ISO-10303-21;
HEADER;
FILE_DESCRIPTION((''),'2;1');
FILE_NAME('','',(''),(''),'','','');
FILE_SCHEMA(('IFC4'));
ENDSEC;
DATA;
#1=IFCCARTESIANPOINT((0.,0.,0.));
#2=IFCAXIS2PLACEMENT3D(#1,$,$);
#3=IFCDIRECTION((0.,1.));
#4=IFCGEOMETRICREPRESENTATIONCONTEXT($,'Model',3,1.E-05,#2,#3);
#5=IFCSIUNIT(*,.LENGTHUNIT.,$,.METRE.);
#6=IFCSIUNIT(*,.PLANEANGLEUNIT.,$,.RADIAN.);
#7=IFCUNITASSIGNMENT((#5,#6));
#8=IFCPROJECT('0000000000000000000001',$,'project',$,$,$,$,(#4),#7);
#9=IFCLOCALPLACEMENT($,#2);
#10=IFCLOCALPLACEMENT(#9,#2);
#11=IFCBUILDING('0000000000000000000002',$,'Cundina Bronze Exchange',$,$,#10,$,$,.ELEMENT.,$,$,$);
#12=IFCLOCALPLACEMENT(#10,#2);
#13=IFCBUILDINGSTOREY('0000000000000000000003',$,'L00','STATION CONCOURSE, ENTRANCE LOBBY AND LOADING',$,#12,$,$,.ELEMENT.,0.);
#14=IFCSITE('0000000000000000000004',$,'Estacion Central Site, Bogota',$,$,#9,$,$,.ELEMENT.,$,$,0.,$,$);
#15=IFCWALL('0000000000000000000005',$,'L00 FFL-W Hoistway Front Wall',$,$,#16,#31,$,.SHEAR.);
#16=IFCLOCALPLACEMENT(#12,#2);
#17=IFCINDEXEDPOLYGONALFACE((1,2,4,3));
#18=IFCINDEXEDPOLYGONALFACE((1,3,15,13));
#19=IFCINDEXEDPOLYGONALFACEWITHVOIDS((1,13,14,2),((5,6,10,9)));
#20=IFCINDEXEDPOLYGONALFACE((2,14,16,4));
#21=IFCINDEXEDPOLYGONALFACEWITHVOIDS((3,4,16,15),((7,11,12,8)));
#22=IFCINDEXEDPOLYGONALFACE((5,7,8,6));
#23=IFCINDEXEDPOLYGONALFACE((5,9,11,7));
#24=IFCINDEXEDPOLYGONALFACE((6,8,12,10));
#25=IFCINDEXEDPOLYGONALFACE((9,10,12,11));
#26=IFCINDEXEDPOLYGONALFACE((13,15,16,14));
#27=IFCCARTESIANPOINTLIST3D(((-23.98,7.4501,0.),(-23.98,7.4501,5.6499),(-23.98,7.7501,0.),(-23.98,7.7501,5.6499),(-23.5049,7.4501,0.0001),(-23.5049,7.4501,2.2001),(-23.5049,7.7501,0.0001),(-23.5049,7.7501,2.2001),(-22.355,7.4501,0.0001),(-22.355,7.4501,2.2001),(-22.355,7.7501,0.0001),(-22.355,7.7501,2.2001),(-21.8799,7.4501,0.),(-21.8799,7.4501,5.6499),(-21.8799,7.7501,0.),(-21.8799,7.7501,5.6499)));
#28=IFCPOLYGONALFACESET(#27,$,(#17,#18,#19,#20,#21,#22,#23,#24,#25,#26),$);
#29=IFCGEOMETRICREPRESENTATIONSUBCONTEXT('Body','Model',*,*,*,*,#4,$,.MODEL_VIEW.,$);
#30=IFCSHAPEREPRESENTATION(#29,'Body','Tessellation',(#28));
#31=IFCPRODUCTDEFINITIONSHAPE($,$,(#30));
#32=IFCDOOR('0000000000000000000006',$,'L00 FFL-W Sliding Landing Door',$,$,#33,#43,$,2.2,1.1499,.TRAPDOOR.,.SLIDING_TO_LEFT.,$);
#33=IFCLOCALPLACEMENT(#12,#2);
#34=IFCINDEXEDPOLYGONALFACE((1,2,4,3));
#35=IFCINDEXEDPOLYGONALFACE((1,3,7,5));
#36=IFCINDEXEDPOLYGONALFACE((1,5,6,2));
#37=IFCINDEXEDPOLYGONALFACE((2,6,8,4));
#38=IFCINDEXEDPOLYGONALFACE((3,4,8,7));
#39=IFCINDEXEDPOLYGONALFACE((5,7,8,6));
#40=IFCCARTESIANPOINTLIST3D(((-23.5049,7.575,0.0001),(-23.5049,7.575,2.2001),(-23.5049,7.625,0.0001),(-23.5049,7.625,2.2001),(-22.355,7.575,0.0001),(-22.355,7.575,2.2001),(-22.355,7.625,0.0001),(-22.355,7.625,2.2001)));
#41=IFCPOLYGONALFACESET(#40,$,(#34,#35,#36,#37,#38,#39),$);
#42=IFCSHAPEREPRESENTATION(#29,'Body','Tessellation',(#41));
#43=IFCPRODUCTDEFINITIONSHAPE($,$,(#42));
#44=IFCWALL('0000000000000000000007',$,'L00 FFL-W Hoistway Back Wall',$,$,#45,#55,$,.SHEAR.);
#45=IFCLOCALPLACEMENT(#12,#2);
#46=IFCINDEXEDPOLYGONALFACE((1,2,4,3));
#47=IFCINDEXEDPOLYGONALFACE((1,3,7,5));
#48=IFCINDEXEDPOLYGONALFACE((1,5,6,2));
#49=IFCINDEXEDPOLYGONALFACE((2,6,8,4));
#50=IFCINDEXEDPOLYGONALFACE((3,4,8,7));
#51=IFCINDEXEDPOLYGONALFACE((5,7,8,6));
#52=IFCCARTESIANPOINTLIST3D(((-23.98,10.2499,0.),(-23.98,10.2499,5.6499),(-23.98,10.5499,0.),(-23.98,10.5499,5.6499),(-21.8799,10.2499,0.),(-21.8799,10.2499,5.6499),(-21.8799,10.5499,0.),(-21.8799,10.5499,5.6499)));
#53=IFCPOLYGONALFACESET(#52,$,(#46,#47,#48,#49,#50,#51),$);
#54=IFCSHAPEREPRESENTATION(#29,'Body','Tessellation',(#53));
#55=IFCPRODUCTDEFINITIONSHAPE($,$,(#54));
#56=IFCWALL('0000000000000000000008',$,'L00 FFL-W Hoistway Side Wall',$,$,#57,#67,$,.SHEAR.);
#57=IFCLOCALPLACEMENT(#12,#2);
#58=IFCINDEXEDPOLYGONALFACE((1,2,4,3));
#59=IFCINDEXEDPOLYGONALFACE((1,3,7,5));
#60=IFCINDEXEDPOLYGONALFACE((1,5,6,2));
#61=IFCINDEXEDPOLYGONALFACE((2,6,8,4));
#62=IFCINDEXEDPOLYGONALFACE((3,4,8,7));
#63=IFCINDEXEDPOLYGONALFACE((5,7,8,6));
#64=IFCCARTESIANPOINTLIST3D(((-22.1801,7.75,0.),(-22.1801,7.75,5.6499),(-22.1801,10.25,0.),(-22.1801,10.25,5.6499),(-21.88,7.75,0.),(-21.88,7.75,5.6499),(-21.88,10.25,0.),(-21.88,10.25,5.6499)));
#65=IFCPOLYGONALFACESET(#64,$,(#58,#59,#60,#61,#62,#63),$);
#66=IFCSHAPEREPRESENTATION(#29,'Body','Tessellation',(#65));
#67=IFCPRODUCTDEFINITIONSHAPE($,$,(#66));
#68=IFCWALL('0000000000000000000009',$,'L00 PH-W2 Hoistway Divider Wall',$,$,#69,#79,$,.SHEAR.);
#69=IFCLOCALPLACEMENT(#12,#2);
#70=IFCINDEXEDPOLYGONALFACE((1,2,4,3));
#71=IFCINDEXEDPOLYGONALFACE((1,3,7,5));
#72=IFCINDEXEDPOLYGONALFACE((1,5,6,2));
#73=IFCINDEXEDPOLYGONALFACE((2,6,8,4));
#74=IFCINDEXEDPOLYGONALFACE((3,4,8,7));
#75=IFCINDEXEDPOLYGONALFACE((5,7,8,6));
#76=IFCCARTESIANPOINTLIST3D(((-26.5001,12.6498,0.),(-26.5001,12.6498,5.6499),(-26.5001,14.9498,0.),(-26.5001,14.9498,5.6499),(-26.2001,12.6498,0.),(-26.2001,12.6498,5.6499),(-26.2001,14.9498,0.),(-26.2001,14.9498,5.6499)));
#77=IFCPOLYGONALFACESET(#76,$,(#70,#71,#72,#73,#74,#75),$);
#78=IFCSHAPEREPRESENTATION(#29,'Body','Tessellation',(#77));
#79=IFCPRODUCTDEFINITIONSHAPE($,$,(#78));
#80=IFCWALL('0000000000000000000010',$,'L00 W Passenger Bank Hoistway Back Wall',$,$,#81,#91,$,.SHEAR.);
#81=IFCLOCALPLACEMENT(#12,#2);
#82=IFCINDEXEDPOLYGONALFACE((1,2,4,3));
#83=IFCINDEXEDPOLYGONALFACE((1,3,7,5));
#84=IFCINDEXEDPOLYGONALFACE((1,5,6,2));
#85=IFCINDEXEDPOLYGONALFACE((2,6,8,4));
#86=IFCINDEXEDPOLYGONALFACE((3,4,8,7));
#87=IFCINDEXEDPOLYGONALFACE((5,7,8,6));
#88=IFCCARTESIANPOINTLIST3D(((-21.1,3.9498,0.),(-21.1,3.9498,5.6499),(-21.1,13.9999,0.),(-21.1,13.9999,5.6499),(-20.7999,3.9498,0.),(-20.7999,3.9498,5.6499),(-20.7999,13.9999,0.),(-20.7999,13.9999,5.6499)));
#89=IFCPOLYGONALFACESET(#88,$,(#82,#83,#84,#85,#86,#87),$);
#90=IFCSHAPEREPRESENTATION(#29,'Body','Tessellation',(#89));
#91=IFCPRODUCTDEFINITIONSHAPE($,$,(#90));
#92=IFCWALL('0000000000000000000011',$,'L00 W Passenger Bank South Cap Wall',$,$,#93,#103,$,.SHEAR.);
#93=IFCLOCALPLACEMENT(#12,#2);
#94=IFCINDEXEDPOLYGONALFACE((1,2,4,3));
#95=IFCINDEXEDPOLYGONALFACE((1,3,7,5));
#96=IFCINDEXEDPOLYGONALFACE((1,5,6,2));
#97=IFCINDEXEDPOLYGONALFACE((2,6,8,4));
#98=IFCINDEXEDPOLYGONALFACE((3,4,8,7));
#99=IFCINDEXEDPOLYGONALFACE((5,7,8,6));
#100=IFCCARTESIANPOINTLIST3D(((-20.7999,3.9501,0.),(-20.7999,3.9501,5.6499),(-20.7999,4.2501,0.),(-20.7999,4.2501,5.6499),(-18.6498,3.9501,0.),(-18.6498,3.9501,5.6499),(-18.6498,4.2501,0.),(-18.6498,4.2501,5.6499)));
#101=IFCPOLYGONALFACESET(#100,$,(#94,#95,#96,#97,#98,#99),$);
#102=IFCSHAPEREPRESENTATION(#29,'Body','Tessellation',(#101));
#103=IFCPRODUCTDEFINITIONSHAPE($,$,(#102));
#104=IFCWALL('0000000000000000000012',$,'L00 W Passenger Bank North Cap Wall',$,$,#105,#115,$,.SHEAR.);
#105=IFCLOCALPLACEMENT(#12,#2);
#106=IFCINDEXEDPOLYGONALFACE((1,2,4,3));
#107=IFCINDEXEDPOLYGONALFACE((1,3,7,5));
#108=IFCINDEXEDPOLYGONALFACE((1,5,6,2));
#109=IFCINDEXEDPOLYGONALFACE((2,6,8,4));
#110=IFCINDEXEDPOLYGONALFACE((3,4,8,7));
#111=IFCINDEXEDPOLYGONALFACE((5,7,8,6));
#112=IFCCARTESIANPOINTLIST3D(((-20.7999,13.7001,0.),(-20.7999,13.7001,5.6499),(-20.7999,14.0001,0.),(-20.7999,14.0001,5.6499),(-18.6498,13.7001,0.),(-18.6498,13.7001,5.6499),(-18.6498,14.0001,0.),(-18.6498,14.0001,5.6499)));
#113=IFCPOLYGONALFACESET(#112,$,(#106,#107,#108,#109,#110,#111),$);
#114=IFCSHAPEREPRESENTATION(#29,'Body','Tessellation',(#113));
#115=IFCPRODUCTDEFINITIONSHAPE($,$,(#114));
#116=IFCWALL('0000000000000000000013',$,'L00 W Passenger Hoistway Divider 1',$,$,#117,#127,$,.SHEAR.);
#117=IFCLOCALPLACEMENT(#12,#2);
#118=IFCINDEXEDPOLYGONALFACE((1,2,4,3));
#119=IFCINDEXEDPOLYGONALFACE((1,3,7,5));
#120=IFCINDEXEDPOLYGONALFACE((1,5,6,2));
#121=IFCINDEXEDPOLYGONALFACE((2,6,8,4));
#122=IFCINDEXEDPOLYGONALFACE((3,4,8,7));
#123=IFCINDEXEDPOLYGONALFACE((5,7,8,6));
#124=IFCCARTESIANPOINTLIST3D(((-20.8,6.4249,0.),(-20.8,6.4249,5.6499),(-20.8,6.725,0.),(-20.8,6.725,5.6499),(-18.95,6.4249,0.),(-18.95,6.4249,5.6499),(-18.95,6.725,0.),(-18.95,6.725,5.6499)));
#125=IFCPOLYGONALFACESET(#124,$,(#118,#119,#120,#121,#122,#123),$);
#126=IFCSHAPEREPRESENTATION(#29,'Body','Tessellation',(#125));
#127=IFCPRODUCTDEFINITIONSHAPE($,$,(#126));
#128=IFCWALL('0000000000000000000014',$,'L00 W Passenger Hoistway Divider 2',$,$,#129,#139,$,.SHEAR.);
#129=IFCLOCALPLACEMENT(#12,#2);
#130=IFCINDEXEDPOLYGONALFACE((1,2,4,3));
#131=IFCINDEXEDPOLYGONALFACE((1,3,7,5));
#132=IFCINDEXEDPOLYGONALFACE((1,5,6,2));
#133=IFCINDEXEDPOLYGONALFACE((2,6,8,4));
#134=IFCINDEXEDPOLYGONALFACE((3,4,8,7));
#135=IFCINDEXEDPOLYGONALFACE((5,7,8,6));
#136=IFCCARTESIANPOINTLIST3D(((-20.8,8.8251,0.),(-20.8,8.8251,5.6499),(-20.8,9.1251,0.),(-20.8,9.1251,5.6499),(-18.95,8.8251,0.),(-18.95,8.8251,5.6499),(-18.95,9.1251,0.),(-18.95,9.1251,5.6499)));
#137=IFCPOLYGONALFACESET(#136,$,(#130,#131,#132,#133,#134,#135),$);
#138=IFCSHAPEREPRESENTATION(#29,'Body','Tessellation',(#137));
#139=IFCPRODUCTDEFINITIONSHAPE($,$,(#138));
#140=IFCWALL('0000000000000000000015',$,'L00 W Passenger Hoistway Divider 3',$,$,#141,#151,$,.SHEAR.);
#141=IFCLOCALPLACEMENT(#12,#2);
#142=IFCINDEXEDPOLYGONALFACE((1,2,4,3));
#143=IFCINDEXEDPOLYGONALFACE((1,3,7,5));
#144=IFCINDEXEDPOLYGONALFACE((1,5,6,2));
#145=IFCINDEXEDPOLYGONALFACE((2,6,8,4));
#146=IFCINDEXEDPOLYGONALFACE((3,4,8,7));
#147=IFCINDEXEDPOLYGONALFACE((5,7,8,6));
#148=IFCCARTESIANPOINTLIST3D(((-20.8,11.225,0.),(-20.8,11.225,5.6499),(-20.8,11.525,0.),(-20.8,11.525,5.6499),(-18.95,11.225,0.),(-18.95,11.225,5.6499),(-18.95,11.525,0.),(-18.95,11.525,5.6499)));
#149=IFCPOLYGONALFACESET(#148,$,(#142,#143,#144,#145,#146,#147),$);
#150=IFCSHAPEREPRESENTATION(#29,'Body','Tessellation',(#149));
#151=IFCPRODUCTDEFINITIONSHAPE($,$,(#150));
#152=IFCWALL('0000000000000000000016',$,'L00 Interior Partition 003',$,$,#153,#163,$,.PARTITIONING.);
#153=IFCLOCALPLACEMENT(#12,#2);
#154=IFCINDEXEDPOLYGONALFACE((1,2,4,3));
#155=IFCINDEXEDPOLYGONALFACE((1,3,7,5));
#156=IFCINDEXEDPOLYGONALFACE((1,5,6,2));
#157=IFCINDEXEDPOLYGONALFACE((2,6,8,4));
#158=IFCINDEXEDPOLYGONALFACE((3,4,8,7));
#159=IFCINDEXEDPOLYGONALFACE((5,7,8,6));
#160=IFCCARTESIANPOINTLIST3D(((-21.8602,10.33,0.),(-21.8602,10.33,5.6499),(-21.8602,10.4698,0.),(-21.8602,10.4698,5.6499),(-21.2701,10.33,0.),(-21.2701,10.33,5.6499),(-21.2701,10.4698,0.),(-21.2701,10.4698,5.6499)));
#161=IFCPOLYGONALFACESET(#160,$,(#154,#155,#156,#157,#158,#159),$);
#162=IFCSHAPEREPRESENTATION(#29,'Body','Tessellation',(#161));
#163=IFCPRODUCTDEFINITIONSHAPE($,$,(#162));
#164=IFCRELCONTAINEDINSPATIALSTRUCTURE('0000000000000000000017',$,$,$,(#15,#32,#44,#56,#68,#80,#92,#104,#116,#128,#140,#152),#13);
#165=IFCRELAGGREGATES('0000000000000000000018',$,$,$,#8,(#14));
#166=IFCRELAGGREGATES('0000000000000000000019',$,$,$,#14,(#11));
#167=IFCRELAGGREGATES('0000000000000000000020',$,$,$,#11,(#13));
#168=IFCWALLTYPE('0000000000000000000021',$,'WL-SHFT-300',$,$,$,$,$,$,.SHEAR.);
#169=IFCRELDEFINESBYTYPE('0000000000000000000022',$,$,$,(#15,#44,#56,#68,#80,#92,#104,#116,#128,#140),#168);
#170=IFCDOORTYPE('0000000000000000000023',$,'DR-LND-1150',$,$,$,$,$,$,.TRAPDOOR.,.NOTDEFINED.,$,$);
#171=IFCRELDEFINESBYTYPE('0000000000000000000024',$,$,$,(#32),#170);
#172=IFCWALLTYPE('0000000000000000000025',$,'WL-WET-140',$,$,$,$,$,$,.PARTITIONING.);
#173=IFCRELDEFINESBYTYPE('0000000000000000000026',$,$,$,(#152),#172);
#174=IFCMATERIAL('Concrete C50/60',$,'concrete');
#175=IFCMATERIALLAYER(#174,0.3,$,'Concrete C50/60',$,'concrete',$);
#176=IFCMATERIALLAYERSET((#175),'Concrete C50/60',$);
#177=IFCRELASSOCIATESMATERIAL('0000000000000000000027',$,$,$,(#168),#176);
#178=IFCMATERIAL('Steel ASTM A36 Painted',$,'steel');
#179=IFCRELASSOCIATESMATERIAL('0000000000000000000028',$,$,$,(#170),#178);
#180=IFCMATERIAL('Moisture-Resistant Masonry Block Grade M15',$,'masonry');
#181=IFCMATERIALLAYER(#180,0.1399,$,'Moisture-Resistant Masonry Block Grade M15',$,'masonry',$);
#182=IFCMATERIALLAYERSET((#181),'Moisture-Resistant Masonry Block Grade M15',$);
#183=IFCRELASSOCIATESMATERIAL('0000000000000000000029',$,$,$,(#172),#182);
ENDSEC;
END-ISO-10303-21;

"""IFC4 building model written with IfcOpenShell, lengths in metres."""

from ifc_helpers import new_model, si_unit, direction, frame, frame_2d, origin, place, context, subcontext, project, spatial, rectangle, extrude, material, layer, layer_set, type_object, element, fill, save


model = new_model("IFC4")

# Units and contexts
model_context = context("Model", 3, precision=1e-05, world=origin(), true_north=direction((0.0, 1.0)))
body_context = subcontext(model_context, "Body", "Model", "MODEL_VIEW")
ifc_project = project(units=[si_unit("LENGTHUNIT", "METRE"), si_unit("PLANEANGLEUNIT", "RADIAN")], contexts=[model_context])

# Site, building, storey
site_placement = place(None, origin())
site = spatial("IfcSite", under=ifc_project, at=site_placement, Name="Estacion Central Site, Bogota", CompositionType="ELEMENT", RefElevation=0.0)
building_placement = place(site_placement, origin())
building = spatial("IfcBuilding", under=site, at=building_placement, Name="Cundina Bronze Exchange", CompositionType="ELEMENT")
storey_placement = place(building_placement, origin())
storey = spatial("IfcBuildingStorey", under=building, at=storey_placement, Name="L00", Description="STATION CONCOURSE, ENTRANCE LOBBY AND LOADING", CompositionType="ELEMENT", Elevation=0.0)

# Wall, opening, door
ifc_material_1 = material(Name="Concrete C50/60", Category="concrete")
ifc_layer_1 = layer(ifc_material_1, 0.3, Name="Concrete C50/60", Category="concrete")
ifc_layer_set_1 = layer_set([ifc_layer_1], Name="Concrete C50/60")
wall_type_1 = type_object("IfcWallType", Name="WL-SHFT-300", PredefinedType="SHEAR", material=ifc_layer_set_1)
wall_1_placement = place(storey_placement, frame((-23.98, 7.6001, 0.0), z_axis=(0.0, 0.0, 1.0), x_axis=(1.0, 0.0, 0.0)))
wall_1 = element("IfcWall", 1, at=wall_1_placement, inside=storey, type_object=wall_type_1, Name="L00 FFL-W Hoistway Front Wall", PredefinedType="SHEAR", context=body_context, shape_type="SweptSolid", body=[
    extrude(rectangle(XDim=2.1001, YDim=0.3, at=frame_2d((1.05, 0.0))), origin(), (0.0, 0.0, 1.0), 5.6499),
])
opening_1_placement = place(wall_1_placement, frame((0.4751, 0.0, 0.0)))
opening_1 = element("IfcOpeningElement", 2, at=opening_1_placement, cuts=wall_1, PredefinedType="OPENING", context=body_context, shape_type="SweptSolid", body=[
    extrude(rectangle(XDim=1.1499, YDim=2.2, at=frame_2d((0.575, 1.1001))), frame((0.0, 0.1599, 0.0), z_axis=(0.0, -1.0, 0.0), x_axis=(1.0, 0.0, 0.0)), (0.0, 0.0, 1.0), 0.3201),
])
ifc_material_2 = material(Name="Steel ASTM A36 Painted", Category="steel")
door_type_1 = type_object("IfcDoorType", Name="DR-LND-1150", OperationType="NOTDEFINED", PredefinedType="TRAPDOOR", material=ifc_material_2)
door_1_placement = place(opening_1_placement, origin())
door_1 = element("IfcDoor", 3, at=door_1_placement, inside=storey, type_object=door_type_1, Name="L00 FFL-W Sliding Landing Door", OperationType="SLIDING_TO_LEFT", OverallHeight=2.2, OverallWidth=1.1499, PredefinedType="TRAPDOOR", context=body_context, shape_type="SweptSolid", body=[
    extrude(rectangle(XDim=1.1499, YDim=2.2, at=frame_2d((0.575, 1.1001))), frame((0.0, 0.0249, 0.0), z_axis=(0.0, -1.0, 0.0), x_axis=(1.0, 0.0, 0.0)), (0.0, 0.0, 1.0), 0.05),
])
fill(opening_1, door_1)

# Walls
wall_2_placement = place(storey_placement, frame((-23.98, 10.3999, 0.0), z_axis=(0.0, 0.0, 1.0), x_axis=(1.0, 0.0, 0.0)))
element("IfcWall", 4, at=wall_2_placement, inside=storey, type_object=wall_type_1, Name="L00 FFL-W Hoistway Back Wall", PredefinedType="SHEAR", context=body_context, shape_type="SweptSolid", body=[
    extrude(rectangle(XDim=2.1001, YDim=0.3, at=frame_2d((1.05, 0.0))), origin(), (0.0, 0.0, 1.0), 5.6499),
])
wall_3_placement = place(storey_placement, frame((-22.03, 7.75, 0.0), z_axis=(0.0, 0.0, 1.0), x_axis=(0.0, 1.0, 0.0)))
element("IfcWall", 5, at=wall_3_placement, inside=storey, type_object=wall_type_1, Name="L00 FFL-W Hoistway Side Wall", PredefinedType="SHEAR", context=body_context, shape_type="SweptSolid", body=[
    extrude(rectangle(XDim=2.5, YDim=0.3, at=frame_2d((1.25, 0.0))), origin(), (0.0, 0.0, 1.0), 5.6499),
])
wall_4_placement = place(storey_placement, frame((-26.3501, 12.6499, 0.0), z_axis=(0.0, 0.0, 1.0), x_axis=(0.0, 1.0, 0.0)))
element("IfcWall", 6, at=wall_4_placement, inside=storey, type_object=wall_type_1, Name="L00 PH-W2 Hoistway Divider Wall", PredefinedType="SHEAR", context=body_context, shape_type="SweptSolid", body=[
    extrude(rectangle(XDim=2.3, YDim=0.3, at=frame_2d((1.1499, 0.0))), origin(), (0.0, 0.0, 1.0), 5.6499),
])
wall_5_placement = place(storey_placement, frame((-20.95, 3.95, 0.0), z_axis=(0.0, 0.0, 1.0), x_axis=(0.0, 1.0, 0.0)))
element("IfcWall", 7, at=wall_5_placement, inside=storey, type_object=wall_type_1, Name="L00 W Passenger Bank Hoistway Back Wall", PredefinedType="SHEAR", context=body_context, shape_type="SweptSolid", body=[
    extrude(rectangle(XDim=10.05, YDim=0.3, at=frame_2d((5.0249, 0.0))), origin(), (0.0, 0.0, 1.0), 5.6499),
])
for number, where, z_axis, x_axis, name in (
    (8, (-20.8, 4.1001, 0.0), (0.0, 0.0, 1.0), (1.0, 0.0, 0.0), "L00 W Passenger Bank South Cap Wall"),
    (9, (-20.8, 13.8501, 0.0), (0.0, 0.0, 1.0), (1.0, 0.0, 0.0), "L00 W Passenger Bank North Cap Wall"),
):
    element("IfcWall", number, at=place(storey_placement, frame(where, z_axis=z_axis, x_axis=x_axis)), inside=storey, type_object=wall_type_1, Name=name, PredefinedType="SHEAR", context=body_context, shape_type="SweptSolid", body=[
        extrude(rectangle(XDim=2.1501, YDim=0.3, at=frame_2d((1.0752, 0.0))), origin(), (0.0, 0.0, 1.0), 5.6499),
    ])
for number, where, z_axis, x_axis, name in (
    (10, (-20.8, 6.575, 0.0), (0.0, 0.0, 1.0), (1.0, 0.0, 0.0), "L00 W Passenger Hoistway Divider 1"),
    (11, (-20.8, 8.9751, 0.0), (0.0, 0.0, 1.0), (1.0, 0.0, 0.0), "L00 W Passenger Hoistway Divider 2"),
    (12, (-20.8, 11.375, 0.0), (0.0, 0.0, 1.0), (1.0, 0.0, 0.0), "L00 W Passenger Hoistway Divider 3"),
):
    element("IfcWall", number, at=place(storey_placement, frame(where, z_axis=z_axis, x_axis=x_axis)), inside=storey, type_object=wall_type_1, Name=name, PredefinedType="SHEAR", context=body_context, shape_type="SweptSolid", body=[
        extrude(rectangle(XDim=1.8501, YDim=0.3, at=frame_2d((0.925, 0.0))), origin(), (0.0, 0.0, 1.0), 5.6499),
    ])
ifc_material_3 = material(Name="Moisture-Resistant Masonry Block Grade M15", Category="masonry")
ifc_layer_2 = layer(ifc_material_3, 0.1399, Name="Moisture-Resistant Masonry Block Grade M15", Category="masonry")
ifc_layer_set_2 = layer_set([ifc_layer_2], Name="Moisture-Resistant Masonry Block Grade M15")
wall_type_2 = type_object("IfcWallType", Name="WL-WET-140", PredefinedType="PARTITIONING", material=ifc_layer_set_2)
wall_6_placement = place(storey_placement, frame((-21.8601, 10.3999, 0.0), z_axis=(0.0, 0.0, 1.0), x_axis=(1.0, 0.0, 0.0)))
element("IfcWall", 13, at=wall_6_placement, inside=storey, type_object=wall_type_2, Name="L00 Interior Partition 003", PredefinedType="PARTITIONING", context=body_context, shape_type="SweptSolid", body=[
    extrude(rectangle(XDim=0.5901, YDim=0.1399, at=frame_2d((0.2949, 0.0))), origin(), (0.0, 0.0, 1.0), 5.6499),
])

save(model, "model.ifc")
